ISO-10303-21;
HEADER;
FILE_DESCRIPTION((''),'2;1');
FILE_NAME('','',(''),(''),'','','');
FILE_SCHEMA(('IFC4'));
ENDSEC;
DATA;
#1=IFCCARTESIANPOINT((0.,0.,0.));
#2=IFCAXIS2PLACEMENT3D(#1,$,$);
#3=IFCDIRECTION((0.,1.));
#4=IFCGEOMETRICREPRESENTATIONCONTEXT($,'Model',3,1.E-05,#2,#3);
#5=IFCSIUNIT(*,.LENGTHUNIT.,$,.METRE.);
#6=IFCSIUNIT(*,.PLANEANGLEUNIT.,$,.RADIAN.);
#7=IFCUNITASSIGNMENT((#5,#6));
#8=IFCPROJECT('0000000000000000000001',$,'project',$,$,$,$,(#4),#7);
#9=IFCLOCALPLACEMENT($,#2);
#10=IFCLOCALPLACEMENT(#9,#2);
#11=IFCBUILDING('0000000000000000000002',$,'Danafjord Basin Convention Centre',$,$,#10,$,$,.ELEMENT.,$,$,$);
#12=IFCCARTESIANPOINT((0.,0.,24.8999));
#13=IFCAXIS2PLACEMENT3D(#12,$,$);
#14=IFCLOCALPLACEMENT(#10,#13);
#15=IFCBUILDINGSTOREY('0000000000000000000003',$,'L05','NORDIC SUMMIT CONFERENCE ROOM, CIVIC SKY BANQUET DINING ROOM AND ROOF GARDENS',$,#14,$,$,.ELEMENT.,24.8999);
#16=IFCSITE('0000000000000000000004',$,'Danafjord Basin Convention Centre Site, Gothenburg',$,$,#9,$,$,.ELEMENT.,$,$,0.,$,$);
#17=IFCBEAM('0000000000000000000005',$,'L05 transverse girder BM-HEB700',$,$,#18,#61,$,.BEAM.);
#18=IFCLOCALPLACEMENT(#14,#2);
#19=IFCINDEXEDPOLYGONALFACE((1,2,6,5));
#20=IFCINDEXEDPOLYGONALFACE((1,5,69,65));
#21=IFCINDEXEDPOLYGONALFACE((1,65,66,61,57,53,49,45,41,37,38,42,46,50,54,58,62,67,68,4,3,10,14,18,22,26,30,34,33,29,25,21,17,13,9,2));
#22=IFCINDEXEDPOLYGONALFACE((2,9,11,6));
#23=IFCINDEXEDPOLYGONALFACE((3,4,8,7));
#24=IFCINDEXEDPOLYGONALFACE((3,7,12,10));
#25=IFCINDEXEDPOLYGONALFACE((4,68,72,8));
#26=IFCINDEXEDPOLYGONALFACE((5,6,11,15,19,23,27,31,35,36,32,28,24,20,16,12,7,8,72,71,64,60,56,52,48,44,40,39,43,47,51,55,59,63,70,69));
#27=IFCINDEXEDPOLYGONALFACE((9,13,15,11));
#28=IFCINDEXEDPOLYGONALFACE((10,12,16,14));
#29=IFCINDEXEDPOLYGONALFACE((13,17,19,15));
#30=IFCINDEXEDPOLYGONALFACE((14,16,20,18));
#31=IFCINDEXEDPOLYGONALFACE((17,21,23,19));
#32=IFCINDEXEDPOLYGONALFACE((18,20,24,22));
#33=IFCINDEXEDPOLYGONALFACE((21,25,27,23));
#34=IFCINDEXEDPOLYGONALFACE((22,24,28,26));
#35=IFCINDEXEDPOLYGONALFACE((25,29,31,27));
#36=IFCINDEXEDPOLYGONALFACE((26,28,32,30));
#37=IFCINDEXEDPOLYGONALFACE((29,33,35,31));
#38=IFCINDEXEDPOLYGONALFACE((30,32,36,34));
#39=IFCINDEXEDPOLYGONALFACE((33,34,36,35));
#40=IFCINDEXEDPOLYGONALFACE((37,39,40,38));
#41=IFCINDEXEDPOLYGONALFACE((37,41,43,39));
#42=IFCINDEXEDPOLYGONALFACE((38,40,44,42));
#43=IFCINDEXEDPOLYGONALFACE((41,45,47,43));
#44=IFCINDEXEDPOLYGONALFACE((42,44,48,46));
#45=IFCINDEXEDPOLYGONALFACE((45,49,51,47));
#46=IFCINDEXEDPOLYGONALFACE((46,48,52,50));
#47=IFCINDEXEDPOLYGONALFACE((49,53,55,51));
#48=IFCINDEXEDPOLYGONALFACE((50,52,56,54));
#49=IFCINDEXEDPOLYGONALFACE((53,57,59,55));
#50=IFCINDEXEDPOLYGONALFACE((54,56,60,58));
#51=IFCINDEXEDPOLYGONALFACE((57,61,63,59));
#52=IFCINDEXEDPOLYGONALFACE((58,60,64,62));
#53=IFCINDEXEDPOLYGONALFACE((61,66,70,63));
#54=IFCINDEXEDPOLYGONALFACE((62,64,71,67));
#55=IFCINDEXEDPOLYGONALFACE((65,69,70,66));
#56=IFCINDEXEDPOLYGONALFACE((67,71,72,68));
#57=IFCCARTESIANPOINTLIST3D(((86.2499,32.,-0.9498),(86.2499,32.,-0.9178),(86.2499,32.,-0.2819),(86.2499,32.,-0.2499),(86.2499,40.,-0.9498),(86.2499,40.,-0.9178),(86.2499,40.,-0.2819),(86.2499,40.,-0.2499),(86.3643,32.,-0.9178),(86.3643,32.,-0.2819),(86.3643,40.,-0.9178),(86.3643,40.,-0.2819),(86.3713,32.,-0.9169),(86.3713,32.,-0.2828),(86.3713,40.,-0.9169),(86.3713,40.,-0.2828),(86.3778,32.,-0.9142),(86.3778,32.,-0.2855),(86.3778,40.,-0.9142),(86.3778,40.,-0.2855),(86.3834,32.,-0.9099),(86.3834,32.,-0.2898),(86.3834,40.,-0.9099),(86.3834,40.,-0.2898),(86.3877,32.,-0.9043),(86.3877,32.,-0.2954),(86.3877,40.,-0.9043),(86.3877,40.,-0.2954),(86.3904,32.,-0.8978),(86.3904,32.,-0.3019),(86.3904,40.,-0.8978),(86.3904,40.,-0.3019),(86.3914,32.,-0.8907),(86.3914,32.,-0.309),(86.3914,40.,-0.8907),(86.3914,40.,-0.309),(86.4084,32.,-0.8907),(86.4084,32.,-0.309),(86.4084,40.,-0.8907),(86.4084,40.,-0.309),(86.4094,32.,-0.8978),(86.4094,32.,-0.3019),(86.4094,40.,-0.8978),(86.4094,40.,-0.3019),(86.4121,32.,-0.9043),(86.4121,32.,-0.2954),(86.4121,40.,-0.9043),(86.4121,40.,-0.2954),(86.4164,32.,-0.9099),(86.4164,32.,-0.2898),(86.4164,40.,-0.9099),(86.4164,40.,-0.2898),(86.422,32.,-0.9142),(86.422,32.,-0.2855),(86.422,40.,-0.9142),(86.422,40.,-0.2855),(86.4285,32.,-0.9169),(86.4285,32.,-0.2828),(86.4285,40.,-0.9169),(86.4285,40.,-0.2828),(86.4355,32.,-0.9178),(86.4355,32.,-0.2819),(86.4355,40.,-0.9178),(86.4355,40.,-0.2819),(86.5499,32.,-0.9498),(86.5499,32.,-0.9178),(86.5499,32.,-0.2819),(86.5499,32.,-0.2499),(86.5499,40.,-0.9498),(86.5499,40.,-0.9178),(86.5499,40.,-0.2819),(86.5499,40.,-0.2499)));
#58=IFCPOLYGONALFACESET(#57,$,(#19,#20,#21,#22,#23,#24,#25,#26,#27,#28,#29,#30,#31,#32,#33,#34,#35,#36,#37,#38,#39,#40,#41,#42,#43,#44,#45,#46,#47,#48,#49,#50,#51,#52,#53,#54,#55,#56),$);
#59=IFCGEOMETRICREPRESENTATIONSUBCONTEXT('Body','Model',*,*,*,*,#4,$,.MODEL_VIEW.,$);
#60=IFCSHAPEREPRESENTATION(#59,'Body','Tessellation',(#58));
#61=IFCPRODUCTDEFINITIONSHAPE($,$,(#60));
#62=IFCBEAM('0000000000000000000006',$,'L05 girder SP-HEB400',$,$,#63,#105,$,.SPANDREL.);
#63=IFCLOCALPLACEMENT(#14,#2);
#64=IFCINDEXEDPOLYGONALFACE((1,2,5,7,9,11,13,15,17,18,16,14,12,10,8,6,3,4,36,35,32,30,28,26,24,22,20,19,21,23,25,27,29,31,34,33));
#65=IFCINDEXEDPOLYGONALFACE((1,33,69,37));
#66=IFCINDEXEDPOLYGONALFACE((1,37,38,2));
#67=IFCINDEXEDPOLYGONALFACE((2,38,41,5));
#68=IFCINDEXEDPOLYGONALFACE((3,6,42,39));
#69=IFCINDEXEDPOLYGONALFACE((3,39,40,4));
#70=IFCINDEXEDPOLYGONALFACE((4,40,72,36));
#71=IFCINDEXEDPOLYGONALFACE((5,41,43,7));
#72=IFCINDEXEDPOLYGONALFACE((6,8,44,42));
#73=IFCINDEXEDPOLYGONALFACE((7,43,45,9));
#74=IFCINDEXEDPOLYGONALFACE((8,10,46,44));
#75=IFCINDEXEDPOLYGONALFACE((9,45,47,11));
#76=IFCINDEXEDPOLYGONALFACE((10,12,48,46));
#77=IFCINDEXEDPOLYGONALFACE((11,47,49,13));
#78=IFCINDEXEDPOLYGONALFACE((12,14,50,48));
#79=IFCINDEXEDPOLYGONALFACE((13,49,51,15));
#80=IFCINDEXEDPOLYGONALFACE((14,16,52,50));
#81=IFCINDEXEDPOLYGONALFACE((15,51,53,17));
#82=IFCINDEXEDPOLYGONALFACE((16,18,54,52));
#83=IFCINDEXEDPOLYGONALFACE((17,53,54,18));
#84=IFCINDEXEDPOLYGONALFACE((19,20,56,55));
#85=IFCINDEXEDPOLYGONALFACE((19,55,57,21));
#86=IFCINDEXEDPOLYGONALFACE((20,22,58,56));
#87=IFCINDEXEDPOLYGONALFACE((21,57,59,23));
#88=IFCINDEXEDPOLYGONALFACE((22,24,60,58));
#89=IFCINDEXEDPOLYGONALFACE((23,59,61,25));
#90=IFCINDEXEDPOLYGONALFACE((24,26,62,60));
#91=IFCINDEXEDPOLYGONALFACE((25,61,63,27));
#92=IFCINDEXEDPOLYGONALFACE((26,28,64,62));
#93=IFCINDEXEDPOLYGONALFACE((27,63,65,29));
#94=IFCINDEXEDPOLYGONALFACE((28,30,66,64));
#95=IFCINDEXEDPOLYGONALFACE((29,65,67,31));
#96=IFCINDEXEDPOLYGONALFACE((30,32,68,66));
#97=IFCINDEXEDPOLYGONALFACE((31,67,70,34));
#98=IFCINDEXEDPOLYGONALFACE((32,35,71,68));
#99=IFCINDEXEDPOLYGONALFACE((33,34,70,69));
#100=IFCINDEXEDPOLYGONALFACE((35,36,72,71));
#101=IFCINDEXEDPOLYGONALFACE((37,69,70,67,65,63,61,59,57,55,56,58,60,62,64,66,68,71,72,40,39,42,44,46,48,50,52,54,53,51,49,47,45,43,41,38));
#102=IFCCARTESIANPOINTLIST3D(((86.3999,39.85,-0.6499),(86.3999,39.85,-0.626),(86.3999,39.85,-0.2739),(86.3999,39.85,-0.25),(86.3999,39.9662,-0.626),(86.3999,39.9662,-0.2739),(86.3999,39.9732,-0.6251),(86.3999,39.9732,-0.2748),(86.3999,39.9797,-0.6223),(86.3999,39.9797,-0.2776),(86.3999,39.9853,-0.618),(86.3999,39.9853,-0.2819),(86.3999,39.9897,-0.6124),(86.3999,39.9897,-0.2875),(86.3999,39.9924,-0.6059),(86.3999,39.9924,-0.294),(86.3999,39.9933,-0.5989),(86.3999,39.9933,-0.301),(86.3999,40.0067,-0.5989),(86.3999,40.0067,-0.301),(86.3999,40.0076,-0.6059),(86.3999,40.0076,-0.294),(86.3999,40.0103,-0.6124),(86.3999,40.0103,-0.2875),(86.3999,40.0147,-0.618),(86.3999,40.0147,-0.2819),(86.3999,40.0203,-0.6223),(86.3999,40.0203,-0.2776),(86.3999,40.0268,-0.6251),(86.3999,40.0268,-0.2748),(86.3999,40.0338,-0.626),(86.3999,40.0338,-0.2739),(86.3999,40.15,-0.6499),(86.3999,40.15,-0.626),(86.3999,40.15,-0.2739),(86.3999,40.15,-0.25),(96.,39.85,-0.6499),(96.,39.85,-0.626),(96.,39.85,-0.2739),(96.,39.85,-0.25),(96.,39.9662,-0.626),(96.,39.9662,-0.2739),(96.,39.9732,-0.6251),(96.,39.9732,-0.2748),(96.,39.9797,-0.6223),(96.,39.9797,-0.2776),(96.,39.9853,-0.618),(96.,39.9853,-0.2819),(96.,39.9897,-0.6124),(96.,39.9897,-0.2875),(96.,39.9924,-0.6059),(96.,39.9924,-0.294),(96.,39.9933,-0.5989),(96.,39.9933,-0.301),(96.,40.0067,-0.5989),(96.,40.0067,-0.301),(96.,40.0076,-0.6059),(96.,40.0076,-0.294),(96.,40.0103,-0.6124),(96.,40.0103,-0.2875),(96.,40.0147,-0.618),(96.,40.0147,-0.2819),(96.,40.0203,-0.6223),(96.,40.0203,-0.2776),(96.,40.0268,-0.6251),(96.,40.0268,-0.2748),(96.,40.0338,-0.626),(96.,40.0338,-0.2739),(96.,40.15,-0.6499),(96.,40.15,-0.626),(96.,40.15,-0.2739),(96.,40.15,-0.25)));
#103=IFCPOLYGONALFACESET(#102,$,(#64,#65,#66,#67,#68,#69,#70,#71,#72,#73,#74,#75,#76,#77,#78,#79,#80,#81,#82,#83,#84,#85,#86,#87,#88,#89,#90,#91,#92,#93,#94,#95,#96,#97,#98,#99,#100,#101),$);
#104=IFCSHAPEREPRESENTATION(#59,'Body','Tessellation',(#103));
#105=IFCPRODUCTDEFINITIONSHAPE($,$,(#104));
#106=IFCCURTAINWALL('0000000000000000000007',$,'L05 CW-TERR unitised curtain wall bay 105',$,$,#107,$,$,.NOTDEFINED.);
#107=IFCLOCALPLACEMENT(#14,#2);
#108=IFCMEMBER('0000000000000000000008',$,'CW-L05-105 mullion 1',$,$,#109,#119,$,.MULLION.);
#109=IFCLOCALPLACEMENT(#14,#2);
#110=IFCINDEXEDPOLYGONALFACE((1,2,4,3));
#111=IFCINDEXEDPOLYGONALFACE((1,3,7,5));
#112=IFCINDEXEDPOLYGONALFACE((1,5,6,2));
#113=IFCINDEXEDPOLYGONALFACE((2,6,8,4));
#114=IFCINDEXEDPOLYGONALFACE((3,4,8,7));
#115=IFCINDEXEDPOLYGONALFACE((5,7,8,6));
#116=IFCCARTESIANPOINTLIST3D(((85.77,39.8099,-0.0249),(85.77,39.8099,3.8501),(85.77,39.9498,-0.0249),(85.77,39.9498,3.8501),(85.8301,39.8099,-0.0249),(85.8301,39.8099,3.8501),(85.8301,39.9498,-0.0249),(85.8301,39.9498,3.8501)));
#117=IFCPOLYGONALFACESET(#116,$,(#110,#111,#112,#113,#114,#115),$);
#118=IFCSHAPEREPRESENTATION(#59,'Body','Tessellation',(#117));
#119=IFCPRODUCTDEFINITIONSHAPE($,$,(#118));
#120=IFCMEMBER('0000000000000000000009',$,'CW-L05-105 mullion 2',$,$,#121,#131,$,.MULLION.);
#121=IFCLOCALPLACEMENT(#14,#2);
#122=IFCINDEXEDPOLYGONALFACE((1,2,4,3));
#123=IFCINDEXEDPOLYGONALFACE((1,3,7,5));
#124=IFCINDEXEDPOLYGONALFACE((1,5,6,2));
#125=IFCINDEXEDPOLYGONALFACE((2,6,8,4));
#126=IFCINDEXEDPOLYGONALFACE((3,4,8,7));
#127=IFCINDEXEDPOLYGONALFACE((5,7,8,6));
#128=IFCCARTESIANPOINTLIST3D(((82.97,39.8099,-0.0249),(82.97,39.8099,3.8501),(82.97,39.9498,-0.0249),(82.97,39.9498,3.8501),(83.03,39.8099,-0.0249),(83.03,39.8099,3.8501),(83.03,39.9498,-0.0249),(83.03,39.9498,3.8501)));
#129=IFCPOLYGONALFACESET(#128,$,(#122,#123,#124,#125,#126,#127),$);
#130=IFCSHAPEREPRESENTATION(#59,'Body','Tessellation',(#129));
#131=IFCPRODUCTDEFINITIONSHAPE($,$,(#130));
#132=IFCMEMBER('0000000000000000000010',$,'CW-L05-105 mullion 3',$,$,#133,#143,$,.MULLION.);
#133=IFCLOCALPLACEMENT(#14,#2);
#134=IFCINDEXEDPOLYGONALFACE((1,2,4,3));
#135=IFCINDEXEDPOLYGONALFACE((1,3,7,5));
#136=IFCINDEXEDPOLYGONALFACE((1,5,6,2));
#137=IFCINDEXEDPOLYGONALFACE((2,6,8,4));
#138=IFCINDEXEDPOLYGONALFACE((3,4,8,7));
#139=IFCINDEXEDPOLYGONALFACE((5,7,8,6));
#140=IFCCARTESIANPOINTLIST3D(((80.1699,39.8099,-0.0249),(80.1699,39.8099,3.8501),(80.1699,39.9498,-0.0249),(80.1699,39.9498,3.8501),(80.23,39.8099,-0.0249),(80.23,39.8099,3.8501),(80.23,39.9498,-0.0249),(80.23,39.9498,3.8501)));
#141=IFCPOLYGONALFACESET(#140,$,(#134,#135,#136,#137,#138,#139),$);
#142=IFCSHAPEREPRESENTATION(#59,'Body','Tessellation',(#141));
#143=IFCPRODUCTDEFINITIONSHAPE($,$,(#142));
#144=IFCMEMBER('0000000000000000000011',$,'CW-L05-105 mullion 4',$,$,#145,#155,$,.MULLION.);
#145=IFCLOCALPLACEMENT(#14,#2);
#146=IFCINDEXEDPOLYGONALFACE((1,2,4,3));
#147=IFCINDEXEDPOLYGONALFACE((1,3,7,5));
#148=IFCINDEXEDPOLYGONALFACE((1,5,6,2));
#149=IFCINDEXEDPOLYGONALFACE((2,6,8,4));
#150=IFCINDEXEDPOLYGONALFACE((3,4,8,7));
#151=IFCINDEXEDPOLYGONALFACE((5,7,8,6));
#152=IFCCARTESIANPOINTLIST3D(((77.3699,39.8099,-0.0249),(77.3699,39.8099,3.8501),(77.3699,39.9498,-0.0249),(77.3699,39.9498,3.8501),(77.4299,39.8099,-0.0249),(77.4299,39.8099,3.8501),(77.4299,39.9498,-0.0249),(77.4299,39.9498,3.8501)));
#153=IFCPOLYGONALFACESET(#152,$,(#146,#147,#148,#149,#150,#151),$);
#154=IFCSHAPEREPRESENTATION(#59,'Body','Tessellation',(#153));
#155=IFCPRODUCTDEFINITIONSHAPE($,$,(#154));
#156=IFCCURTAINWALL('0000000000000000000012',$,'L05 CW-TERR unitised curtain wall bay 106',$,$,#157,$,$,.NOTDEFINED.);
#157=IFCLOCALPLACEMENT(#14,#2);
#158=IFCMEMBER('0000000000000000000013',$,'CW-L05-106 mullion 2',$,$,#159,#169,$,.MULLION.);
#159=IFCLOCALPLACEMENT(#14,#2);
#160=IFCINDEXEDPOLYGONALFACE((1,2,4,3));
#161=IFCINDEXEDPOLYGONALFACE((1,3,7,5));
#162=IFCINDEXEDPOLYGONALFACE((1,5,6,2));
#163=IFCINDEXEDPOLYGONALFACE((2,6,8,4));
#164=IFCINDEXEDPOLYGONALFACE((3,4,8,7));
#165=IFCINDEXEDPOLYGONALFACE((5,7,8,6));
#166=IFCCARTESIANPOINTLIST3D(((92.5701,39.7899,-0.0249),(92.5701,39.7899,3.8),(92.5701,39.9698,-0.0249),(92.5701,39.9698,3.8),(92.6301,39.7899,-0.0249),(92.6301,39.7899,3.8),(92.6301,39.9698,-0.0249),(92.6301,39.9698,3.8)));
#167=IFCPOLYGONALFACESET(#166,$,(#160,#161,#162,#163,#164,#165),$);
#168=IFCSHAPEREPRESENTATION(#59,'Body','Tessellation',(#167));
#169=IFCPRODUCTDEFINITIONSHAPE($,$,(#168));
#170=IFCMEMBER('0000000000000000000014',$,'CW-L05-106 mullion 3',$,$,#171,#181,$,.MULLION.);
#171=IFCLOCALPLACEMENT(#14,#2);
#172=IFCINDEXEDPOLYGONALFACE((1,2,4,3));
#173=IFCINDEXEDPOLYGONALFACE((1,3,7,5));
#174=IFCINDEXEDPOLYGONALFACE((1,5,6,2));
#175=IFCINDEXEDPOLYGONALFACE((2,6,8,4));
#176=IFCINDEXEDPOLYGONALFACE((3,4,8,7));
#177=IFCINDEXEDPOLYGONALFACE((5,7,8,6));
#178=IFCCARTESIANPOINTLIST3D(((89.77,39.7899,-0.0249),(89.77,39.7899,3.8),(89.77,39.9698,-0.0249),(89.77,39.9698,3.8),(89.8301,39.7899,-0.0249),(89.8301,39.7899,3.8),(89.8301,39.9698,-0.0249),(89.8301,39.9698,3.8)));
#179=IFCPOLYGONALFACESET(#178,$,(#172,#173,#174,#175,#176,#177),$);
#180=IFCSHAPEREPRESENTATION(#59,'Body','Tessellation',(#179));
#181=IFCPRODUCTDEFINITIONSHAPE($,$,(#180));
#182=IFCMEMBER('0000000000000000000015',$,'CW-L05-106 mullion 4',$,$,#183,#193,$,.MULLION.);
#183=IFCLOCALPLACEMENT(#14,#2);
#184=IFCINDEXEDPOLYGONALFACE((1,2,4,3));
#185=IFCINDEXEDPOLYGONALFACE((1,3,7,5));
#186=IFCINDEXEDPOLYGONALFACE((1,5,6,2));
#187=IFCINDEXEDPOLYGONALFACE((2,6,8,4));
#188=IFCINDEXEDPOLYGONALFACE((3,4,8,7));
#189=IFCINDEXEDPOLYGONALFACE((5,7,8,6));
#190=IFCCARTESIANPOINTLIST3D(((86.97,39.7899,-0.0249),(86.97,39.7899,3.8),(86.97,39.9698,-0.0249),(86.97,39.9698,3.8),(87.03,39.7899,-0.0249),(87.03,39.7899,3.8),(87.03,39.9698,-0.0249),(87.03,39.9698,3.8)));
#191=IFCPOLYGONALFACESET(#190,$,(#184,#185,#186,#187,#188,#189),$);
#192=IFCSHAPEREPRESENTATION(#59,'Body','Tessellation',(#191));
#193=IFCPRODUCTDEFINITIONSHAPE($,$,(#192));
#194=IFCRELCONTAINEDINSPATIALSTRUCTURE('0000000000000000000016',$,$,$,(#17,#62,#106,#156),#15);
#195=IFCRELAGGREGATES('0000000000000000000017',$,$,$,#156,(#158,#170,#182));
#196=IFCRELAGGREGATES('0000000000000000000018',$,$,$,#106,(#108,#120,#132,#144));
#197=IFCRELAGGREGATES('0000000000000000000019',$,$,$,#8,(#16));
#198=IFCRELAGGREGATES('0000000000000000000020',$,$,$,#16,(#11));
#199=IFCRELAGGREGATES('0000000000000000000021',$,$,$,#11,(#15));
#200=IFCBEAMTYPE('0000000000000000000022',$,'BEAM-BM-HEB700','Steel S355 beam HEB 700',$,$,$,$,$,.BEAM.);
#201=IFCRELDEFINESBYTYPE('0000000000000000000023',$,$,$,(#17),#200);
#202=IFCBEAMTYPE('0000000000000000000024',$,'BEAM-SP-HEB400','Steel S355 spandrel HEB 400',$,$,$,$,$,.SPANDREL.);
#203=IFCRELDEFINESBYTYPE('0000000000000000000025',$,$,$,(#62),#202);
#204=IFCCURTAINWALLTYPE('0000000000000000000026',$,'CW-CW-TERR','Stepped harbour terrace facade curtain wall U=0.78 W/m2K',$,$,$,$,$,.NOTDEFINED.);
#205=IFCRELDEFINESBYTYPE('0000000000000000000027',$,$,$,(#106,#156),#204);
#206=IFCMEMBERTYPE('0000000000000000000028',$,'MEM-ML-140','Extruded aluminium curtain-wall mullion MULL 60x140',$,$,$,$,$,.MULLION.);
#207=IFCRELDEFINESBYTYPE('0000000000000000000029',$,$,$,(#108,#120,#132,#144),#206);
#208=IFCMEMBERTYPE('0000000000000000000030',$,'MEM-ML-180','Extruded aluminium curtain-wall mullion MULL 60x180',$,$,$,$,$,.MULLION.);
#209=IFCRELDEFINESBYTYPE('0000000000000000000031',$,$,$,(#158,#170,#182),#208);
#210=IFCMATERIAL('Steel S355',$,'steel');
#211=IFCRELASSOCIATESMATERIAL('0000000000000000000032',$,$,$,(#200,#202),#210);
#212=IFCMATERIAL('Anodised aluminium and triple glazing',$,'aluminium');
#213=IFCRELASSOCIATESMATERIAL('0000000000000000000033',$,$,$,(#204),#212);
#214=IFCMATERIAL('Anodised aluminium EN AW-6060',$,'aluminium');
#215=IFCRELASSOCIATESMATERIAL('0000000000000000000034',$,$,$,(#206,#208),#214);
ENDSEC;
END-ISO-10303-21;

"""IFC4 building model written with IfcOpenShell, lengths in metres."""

from ifc_helpers import new_model, si_unit, direction, frame, origin, origin_2d, place, context, subcontext, project, spatial, rectangle, i_section, extrude, material, material_profile, profile_set, type_object, element, aggregate, save


model = new_model("IFC4")

# Units and contexts
model_context = context("Model", 3, precision=1e-05, world=origin(), true_north=direction((0.0, 1.0)))
body_context = subcontext(model_context, "Body", "Model", "MODEL_VIEW")
ifc_project = project(units=[si_unit("LENGTHUNIT", "METRE"), si_unit("PLANEANGLEUNIT", "RADIAN")], contexts=[model_context])

# Site, building, storey
site_placement = place(None, origin())
site = spatial("IfcSite", under=ifc_project, at=site_placement, Name="Danafjord Basin Convention Centre Site, Gothenburg", CompositionType="ELEMENT", RefElevation=0.0)
building_placement = place(site_placement, origin())
building = spatial("IfcBuilding", under=site, at=building_placement, Name="Danafjord Basin Convention Centre", CompositionType="ELEMENT")
storey_placement = place(building_placement, frame((0.0, 0.0, 24.8999)))
storey = spatial("IfcBuildingStorey", under=building, at=storey_placement, Name="L05", Description="NORDIC SUMMIT CONFERENCE ROOM, CIVIC SKY BANQUET DINING ROOM AND ROOF GARDENS", CompositionType="ELEMENT", Elevation=24.8999)

# Shared definitions
ifc_material_1 = material(Name="Steel S355", Category="steel")

# Beams
ifc_material_profile_1 = material_profile(ifc_material_1, i_section(OverallWidth=0.3, OverallDepth=0.7, WebThickness=0.0171, FlangeThickness=0.032, FilletRadius=0.0271, at=origin_2d()), Name="HEB 700")
ifc_profile_set_1 = profile_set([ifc_material_profile_1], Name="Steel S355")
beam_type_1 = type_object("IfcBeamType", Name="BEAM-BM-HEB700", Description="Steel S355 beam HEB 700", PredefinedType="BEAM", material=ifc_profile_set_1)
beam_1_placement = place(storey_placement, frame((86.3999, 32.0, -0.5999), z_axis=(0.0, 1.0, 0.0), x_axis=(-1.0, 0.0, 0.0)))
element("IfcBeam", 1, at=beam_1_placement, inside=storey, type_object=beam_type_1, Name="L05 transverse girder BM-HEB700", PredefinedType="BEAM", context=body_context, shape_type="SweptSolid", body=[
    extrude(i_section(OverallWidth=0.3, OverallDepth=0.7, WebThickness=0.0171, FlangeThickness=0.032, FilletRadius=0.0271, at=origin_2d()), origin(), (0.0, 0.0, 1.0), 8.0),
])
ifc_material_profile_2 = material_profile(ifc_material_1, i_section(OverallWidth=0.3, OverallDepth=0.3999, WebThickness=0.0134, FlangeThickness=0.0239, FilletRadius=0.0271, at=origin_2d()), Name="HEB 400")
ifc_profile_set_2 = profile_set([ifc_material_profile_2], Name="Steel S355")
beam_type_2 = type_object("IfcBeamType", Name="BEAM-SP-HEB400", Description="Steel S355 spandrel HEB 400", PredefinedType="SPANDREL", material=ifc_profile_set_2)
beam_2_placement = place(storey_placement, frame((86.3999, 40.0, -0.45), z_axis=(1.0, 0.0, 0.0), x_axis=(0.0, 1.0, 0.0)))
element("IfcBeam", 2, at=beam_2_placement, inside=storey, type_object=beam_type_2, Name="L05 girder SP-HEB400", PredefinedType="SPANDREL", context=body_context, shape_type="SweptSolid", body=[
    extrude(i_section(OverallWidth=0.3, OverallDepth=0.3999, WebThickness=0.0134, FlangeThickness=0.0239, FilletRadius=0.0271, at=origin_2d()), origin(), (0.0, 0.0, 1.0), 9.6001),
])

# Curtain walls, members
ifc_material_2 = material(Name="Anodised aluminium and triple glazing", Category="aluminium")
curtain_wall_type = type_object("IfcCurtainWallType", Name="CW-CW-TERR", Description="Stepped harbour terrace facade curtain wall U=0.78 W/m2K", PredefinedType="NOTDEFINED", material=ifc_material_2)
curtain_wall_1_placement = place(storey_placement, origin())
curtain_wall_1 = element("IfcCurtainWall", 3, at=curtain_wall_1_placement, inside=storey, type_object=curtain_wall_type, Name="L05 CW-TERR unitised curtain wall bay 105", PredefinedType="NOTDEFINED")
ifc_material_3 = material(Name="Anodised aluminium EN AW-6060", Category="aluminium")
ifc_material_profile_3 = material_profile(ifc_material_3, rectangle(XDim=0.0601, YDim=0.1399, at=origin_2d()), Name="MULL 60x140")
ifc_profile_set_3 = profile_set([ifc_material_profile_3], Name="Anodised aluminium EN AW-6060")
member_type_1 = type_object("IfcMemberType", Name="MEM-ML-140", Description="Extruded aluminium curtain-wall mullion MULL 60x140", PredefinedType="MULLION", material=ifc_profile_set_3)
member_1_placement = place(storey_placement, frame((85.8, 39.8799, -0.0249), z_axis=(0.0, 0.0, 1.0), x_axis=(-1.0, 0.0, 0.0)))
member_1 = element("IfcMember", 4, at=member_1_placement, type_object=member_type_1, Name="CW-L05-105 mullion 1", PredefinedType="MULLION", context=body_context, shape_type="SweptSolid", body=[
    extrude(rectangle(XDim=0.0601, YDim=0.1399, at=origin_2d()), origin(), (0.0, 0.0, 1.0), 3.875),
])
member_2_placement = place(storey_placement, frame((83.0, 39.8799, -0.0249), z_axis=(0.0, 0.0, 1.0), x_axis=(-1.0, 0.0, 0.0)))
member_2 = element("IfcMember", 5, at=member_2_placement, type_object=member_type_1, Name="CW-L05-105 mullion 2", PredefinedType="MULLION", context=body_context, shape_type="SweptSolid", body=[
    extrude(rectangle(XDim=0.0601, YDim=0.1399, at=origin_2d()), origin(), (0.0, 0.0, 1.0), 3.875),
])
member_3_placement = place(storey_placement, frame((80.2, 39.8799, -0.0249), z_axis=(0.0, 0.0, 1.0), x_axis=(-1.0, 0.0, 0.0)))
member_3 = element("IfcMember", 6, at=member_3_placement, type_object=member_type_1, Name="CW-L05-105 mullion 3", PredefinedType="MULLION", context=body_context, shape_type="SweptSolid", body=[
    extrude(rectangle(XDim=0.0601, YDim=0.1399, at=origin_2d()), origin(), (0.0, 0.0, 1.0), 3.875),
])
member_4_placement = place(storey_placement, frame((77.3999, 39.8799, -0.0249), z_axis=(0.0, 0.0, 1.0), x_axis=(-1.0, 0.0, 0.0)))
member_4 = element("IfcMember", 7, at=member_4_placement, type_object=member_type_1, Name="CW-L05-105 mullion 4", PredefinedType="MULLION", context=body_context, shape_type="SweptSolid", body=[
    extrude(rectangle(XDim=0.0601, YDim=0.1399, at=origin_2d()), origin(), (0.0, 0.0, 1.0), 3.875),
])
curtain_wall_2_placement = place(storey_placement, origin())
curtain_wall_2 = element("IfcCurtainWall", 8, at=curtain_wall_2_placement, inside=storey, type_object=curtain_wall_type, Name="L05 CW-TERR unitised curtain wall bay 106", PredefinedType="NOTDEFINED")
ifc_material_profile_4 = material_profile(ifc_material_3, rectangle(XDim=0.0601, YDim=0.1799, at=origin_2d()), Name="MULL 60x180")
ifc_profile_set_4 = profile_set([ifc_material_profile_4], Name="Anodised aluminium EN AW-6060")
member_type_2 = type_object("IfcMemberType", Name="MEM-ML-180", Description="Extruded aluminium curtain-wall mullion MULL 60x180", PredefinedType="MULLION", material=ifc_profile_set_4)
member_5_placement = place(storey_placement, frame((92.6001, 39.8799, -0.0249), z_axis=(0.0, 0.0, 1.0), x_axis=(-1.0, 0.0, 0.0)))
member_5 = element("IfcMember", 9, at=member_5_placement, type_object=member_type_2, Name="CW-L05-106 mullion 2", PredefinedType="MULLION", context=body_context, shape_type="SweptSolid", body=[
    extrude(rectangle(XDim=0.0601, YDim=0.1799, at=origin_2d()), origin(), (0.0, 0.0, 1.0), 3.825),
])
member_6_placement = place(storey_placement, frame((89.8, 39.8799, -0.0249), z_axis=(0.0, 0.0, 1.0), x_axis=(-1.0, 0.0, 0.0)))
member_6 = element("IfcMember", 10, at=member_6_placement, type_object=member_type_2, Name="CW-L05-106 mullion 3", PredefinedType="MULLION", context=body_context, shape_type="SweptSolid", body=[
    extrude(rectangle(XDim=0.0601, YDim=0.1799, at=origin_2d()), origin(), (0.0, 0.0, 1.0), 3.825),
])
member_7_placement = place(storey_placement, frame((87.0, 39.8799, -0.0249), z_axis=(0.0, 0.0, 1.0), x_axis=(-1.0, 0.0, 0.0)))
member_7 = element("IfcMember", 11, at=member_7_placement, type_object=member_type_2, Name="CW-L05-106 mullion 4", PredefinedType="MULLION", context=body_context, shape_type="SweptSolid", body=[
    extrude(rectangle(XDim=0.0601, YDim=0.1799, at=origin_2d()), origin(), (0.0, 0.0, 1.0), 3.825),
])

aggregate(curtain_wall_2, [member_5, member_6, member_7])
aggregate(curtain_wall_1, [member_1, member_2, member_3, member_4])

save(model, "model.ifc")
